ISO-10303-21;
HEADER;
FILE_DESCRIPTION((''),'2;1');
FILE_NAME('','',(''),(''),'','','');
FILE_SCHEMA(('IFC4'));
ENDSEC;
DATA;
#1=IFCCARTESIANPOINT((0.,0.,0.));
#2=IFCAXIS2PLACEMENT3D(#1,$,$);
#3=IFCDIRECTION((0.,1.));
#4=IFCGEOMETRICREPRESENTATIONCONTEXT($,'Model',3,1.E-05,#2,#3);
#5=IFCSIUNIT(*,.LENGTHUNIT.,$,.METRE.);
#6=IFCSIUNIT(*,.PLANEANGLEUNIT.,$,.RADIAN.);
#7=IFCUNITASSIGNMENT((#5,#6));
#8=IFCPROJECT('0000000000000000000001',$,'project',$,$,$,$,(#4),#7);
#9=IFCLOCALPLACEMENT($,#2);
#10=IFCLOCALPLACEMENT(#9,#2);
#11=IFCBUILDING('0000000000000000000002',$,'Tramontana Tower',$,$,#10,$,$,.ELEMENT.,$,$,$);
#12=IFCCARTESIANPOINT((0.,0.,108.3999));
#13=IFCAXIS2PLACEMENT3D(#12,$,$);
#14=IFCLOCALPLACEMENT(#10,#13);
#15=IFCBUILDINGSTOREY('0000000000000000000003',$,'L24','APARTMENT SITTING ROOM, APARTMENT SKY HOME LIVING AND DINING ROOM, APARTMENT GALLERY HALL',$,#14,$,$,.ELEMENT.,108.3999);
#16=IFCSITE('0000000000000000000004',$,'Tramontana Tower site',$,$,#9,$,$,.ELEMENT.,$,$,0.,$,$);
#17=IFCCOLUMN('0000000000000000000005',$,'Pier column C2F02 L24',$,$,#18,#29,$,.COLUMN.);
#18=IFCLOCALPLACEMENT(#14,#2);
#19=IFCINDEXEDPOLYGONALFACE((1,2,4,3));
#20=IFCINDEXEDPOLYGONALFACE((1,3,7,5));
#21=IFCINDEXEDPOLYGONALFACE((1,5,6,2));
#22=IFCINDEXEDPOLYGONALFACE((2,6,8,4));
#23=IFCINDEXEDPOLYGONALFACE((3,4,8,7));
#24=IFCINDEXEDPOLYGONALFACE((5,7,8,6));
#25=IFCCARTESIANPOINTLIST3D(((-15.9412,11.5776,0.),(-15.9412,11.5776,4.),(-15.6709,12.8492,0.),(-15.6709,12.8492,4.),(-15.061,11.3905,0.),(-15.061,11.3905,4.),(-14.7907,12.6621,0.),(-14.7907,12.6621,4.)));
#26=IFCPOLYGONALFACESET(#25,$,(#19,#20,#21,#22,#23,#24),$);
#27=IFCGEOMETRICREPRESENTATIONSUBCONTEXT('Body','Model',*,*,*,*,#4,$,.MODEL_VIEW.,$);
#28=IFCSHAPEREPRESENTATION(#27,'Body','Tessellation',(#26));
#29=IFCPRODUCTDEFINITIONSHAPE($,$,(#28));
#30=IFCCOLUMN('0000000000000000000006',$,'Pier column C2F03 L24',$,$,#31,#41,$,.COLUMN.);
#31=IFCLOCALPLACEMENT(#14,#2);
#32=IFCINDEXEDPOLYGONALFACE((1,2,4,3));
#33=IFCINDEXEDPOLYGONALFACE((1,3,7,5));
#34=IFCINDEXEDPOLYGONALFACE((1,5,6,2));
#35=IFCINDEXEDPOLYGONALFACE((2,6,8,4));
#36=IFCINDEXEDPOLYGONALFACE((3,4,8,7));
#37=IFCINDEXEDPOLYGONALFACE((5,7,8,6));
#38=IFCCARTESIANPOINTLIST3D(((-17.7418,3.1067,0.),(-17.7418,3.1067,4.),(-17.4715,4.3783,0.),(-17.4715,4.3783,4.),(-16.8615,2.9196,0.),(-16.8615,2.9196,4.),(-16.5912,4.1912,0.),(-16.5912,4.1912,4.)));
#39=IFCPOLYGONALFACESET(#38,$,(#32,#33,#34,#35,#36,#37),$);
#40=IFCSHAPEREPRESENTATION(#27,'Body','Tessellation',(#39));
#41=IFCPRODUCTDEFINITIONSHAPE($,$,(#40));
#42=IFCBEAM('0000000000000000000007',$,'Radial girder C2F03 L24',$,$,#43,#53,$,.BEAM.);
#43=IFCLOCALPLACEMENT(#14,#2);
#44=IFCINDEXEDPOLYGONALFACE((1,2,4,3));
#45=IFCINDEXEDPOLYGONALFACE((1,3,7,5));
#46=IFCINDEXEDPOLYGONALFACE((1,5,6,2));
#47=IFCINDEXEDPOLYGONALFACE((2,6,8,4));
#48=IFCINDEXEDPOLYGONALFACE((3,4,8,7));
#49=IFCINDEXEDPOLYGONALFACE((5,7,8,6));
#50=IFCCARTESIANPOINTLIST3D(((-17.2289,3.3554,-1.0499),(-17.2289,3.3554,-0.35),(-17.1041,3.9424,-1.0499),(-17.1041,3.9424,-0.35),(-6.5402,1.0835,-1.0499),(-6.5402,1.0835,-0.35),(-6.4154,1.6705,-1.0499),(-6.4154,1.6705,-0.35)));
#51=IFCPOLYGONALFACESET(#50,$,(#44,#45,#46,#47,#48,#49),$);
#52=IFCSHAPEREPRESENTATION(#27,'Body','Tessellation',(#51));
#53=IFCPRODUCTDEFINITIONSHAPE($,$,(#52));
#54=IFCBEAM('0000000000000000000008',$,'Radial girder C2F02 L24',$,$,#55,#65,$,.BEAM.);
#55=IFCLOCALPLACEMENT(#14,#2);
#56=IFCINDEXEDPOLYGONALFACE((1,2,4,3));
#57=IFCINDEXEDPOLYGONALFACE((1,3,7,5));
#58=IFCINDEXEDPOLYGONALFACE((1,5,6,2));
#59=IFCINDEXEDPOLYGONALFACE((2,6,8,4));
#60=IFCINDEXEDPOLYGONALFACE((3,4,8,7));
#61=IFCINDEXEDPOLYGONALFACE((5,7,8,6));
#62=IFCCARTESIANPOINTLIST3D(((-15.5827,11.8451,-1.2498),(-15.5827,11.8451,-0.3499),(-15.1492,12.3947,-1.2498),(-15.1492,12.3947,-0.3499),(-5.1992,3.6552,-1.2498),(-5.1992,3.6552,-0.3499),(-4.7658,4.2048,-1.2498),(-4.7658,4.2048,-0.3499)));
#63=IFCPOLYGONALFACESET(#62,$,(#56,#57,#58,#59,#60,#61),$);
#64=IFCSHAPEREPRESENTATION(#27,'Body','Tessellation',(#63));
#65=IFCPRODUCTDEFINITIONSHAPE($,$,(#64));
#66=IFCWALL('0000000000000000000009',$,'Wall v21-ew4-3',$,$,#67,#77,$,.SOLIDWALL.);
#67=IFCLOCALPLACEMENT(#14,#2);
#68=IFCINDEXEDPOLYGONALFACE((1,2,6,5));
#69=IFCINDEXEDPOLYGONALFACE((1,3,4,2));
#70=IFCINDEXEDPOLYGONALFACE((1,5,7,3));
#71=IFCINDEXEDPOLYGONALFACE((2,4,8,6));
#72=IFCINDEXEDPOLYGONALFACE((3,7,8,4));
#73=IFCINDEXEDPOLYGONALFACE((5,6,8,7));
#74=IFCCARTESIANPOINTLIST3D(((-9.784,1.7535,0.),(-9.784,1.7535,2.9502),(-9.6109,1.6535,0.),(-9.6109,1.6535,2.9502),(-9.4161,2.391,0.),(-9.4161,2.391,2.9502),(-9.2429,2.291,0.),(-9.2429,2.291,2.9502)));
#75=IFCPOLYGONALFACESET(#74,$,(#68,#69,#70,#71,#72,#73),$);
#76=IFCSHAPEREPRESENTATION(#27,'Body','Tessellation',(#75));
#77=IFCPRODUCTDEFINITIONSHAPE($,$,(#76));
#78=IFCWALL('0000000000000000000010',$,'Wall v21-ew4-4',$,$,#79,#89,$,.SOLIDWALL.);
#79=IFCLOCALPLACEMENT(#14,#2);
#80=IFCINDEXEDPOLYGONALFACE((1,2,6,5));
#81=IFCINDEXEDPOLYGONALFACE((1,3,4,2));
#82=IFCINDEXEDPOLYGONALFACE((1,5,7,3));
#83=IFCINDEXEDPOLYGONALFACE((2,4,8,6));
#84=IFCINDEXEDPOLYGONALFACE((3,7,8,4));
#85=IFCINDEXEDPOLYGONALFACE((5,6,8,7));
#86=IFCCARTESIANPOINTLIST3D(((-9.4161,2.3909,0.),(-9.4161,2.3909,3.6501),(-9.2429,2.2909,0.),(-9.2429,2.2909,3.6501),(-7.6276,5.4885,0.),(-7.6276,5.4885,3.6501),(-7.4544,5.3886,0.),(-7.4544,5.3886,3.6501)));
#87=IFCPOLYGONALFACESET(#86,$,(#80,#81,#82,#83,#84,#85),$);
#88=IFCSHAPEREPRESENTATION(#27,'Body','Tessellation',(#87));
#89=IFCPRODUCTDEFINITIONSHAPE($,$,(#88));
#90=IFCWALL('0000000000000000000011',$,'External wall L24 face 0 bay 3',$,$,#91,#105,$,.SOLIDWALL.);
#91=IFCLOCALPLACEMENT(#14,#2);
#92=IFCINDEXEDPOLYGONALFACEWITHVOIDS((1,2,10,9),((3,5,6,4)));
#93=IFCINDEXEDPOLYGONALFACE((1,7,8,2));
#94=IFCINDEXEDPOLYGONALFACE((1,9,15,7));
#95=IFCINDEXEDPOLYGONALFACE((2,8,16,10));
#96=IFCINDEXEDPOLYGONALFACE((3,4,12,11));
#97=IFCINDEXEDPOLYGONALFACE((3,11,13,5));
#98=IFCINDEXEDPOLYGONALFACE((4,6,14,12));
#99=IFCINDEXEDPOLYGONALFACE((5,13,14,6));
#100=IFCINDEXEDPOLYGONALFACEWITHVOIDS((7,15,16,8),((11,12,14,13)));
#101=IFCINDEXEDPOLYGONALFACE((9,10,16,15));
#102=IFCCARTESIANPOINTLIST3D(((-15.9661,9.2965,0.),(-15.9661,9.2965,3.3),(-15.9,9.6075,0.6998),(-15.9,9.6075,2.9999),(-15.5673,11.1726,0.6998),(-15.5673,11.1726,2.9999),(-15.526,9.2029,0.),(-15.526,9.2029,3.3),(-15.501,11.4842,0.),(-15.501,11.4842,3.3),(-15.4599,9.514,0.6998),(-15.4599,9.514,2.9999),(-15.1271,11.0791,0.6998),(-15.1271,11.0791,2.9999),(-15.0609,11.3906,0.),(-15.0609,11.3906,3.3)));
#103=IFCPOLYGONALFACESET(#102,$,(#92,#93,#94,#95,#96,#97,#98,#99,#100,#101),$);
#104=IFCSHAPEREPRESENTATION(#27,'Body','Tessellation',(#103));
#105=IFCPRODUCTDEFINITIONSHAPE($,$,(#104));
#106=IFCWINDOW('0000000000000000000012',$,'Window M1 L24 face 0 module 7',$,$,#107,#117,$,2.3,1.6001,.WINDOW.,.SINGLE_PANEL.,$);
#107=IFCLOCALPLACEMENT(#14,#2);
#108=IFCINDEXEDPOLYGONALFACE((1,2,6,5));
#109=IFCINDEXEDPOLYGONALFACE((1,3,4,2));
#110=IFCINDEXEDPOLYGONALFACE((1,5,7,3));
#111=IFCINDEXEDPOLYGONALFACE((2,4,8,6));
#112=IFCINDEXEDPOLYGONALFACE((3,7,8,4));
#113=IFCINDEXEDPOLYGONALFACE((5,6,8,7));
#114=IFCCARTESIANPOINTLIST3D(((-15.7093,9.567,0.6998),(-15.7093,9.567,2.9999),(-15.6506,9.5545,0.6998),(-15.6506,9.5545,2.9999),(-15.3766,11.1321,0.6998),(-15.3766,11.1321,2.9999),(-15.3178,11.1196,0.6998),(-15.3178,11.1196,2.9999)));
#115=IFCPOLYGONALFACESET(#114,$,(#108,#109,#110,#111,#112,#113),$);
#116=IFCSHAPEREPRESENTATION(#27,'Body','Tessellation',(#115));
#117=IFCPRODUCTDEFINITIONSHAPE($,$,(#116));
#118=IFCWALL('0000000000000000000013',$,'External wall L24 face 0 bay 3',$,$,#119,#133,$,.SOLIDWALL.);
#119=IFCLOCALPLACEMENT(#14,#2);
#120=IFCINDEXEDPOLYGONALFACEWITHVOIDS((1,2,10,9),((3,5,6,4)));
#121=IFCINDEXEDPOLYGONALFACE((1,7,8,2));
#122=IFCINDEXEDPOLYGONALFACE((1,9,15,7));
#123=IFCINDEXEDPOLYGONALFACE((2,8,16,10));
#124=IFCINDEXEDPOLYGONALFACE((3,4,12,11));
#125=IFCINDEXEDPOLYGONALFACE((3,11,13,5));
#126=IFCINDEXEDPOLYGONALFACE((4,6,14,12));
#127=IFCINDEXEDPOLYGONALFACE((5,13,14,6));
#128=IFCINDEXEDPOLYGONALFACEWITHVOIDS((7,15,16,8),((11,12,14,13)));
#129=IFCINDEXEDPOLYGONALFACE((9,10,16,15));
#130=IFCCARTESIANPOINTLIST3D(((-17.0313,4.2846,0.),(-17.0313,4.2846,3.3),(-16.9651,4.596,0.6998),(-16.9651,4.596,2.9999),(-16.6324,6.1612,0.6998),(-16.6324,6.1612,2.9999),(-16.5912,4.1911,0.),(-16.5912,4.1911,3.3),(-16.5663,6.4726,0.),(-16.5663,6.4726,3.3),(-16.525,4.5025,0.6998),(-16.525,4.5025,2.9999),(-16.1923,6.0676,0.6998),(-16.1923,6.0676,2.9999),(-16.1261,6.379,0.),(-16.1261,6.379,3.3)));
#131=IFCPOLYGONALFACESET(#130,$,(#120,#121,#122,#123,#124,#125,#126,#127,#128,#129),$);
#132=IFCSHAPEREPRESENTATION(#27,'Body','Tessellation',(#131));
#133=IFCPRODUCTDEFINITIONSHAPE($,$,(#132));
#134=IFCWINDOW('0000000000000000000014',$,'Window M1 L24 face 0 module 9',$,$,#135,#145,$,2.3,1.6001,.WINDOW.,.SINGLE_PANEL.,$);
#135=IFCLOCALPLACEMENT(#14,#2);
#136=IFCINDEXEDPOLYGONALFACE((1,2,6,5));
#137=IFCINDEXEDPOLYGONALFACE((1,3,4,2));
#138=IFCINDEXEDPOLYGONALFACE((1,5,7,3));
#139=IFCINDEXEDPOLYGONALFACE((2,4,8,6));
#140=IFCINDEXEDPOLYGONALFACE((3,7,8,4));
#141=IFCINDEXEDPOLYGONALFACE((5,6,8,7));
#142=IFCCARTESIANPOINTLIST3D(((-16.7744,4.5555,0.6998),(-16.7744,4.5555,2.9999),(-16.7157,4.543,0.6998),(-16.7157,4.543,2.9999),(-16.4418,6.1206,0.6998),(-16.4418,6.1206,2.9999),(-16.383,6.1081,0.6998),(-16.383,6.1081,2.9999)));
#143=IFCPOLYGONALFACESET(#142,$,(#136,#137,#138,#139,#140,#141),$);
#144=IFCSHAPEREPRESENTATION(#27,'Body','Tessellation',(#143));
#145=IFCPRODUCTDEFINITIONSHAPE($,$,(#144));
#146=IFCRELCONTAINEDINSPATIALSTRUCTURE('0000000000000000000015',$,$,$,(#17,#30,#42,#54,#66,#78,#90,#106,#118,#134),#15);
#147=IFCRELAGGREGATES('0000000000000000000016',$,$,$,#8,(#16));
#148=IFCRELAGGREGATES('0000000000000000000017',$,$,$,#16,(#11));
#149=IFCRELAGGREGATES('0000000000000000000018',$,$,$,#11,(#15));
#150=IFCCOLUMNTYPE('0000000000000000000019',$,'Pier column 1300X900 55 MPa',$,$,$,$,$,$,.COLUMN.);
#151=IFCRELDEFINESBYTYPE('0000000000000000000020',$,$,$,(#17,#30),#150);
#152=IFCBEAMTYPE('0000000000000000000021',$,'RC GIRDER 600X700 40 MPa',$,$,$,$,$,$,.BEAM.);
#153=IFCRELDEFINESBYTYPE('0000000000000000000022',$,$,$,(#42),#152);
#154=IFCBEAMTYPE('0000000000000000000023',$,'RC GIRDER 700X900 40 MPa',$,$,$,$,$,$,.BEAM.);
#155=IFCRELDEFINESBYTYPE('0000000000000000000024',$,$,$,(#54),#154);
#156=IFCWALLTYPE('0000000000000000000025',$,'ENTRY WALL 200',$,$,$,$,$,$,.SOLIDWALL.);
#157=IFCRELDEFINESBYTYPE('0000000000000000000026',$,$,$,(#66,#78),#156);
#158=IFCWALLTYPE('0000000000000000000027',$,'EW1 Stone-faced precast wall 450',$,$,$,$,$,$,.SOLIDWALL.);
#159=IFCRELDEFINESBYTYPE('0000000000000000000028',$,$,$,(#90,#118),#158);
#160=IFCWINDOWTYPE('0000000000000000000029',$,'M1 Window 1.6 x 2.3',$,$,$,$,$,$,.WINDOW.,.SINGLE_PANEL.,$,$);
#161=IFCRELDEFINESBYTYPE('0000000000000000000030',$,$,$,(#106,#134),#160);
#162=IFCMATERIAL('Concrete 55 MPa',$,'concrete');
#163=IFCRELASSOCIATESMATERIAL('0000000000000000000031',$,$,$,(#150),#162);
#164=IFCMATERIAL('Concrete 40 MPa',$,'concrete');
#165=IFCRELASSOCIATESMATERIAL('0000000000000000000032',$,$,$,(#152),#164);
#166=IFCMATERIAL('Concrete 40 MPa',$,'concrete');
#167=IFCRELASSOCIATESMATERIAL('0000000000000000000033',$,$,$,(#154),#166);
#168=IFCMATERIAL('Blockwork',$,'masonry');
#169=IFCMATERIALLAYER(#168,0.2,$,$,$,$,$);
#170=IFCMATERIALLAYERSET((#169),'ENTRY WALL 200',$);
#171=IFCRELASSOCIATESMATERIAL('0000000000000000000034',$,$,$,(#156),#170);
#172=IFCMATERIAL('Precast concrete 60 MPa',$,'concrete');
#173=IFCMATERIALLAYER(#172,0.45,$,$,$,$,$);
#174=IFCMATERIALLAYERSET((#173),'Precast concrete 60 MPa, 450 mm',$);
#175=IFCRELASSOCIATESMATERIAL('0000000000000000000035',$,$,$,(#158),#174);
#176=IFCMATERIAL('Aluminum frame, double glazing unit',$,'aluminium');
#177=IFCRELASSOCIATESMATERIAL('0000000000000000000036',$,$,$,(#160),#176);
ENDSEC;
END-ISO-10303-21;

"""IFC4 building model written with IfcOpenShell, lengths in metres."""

from ifc_helpers import new_model, si_unit, direction, frame, frame_2d, origin, origin_2d, place, context, subcontext, project, spatial, rectangle, extrude, material, layer, layer_set, material_profile, profile_set, type_object, element, fill, save


model = new_model("IFC4")

# Units and contexts
model_context = context("Model", 3, precision=1e-05, world=origin(), true_north=direction((0.0, 1.0)))
body_context = subcontext(model_context, "Body", "Model", "MODEL_VIEW")
ifc_project = project(units=[si_unit("LENGTHUNIT", "METRE"), si_unit("PLANEANGLEUNIT", "RADIAN")], contexts=[model_context])

# Site, building, storey
site_placement = place(None, origin())
site = spatial("IfcSite", under=ifc_project, at=site_placement, Name="Tramontana Tower site", CompositionType="ELEMENT", RefElevation=0.0)
building_placement = place(site_placement, origin())
building = spatial("IfcBuilding", under=site, at=building_placement, Name="Tramontana Tower", CompositionType="ELEMENT")
storey_placement = place(building_placement, frame((0.0, 0.0, 108.3999)))
storey = spatial("IfcBuildingStorey", under=building, at=storey_placement, Name="L24", Description="APARTMENT SITTING ROOM, APARTMENT SKY HOME LIVING AND DINING ROOM, APARTMENT GALLERY HALL", CompositionType="ELEMENT", Elevation=108.3999)

# Columns
ifc_material_1 = material(Name="Concrete 55 MPa", Category="concrete")
ifc_material_profile_1 = material_profile(ifc_material_1, rectangle(XDim=1.3, YDim=0.8999, at=origin_2d()), Name="Pier column 1300X900 55 MPa")
ifc_profile_set_1 = profile_set([ifc_material_profile_1], Name="Concrete 55 MPa")
column_type = type_object("IfcColumnType", Name="Pier column 1300X900 55 MPa", PredefinedType="COLUMN", material=ifc_profile_set_1)
for number, where, z_axis, x_axis, name in (
    (1, (-15.366, 12.1199, 0.0), (0.0, 0.0, 1.0), (-0.207912, -0.978148, 0.0), "Pier column C2F02 L24"),
    (2, (-17.1665, 3.6489, 0.0), (0.0, 0.0, 1.0), (-0.207912, -0.978148, 0.0), "Pier column C2F03 L24"),
):
    element("IfcColumn", number, at=place(storey_placement, frame(where, z_axis=z_axis, x_axis=x_axis)), inside=storey, type_object=column_type, Name=name, PredefinedType="COLUMN", context=body_context, shape_type="SweptSolid", body=[
        extrude(rectangle(XDim=1.3, YDim=0.8999, at=origin_2d()), origin(), (0.0, 0.0, 1.0), 4.0),
    ])

# Beams
ifc_material_2 = material(Name="Concrete 40 MPa", Category="concrete")
ifc_material_profile_2 = material_profile(ifc_material_2, rectangle(XDim=0.6001, YDim=0.7, at=origin_2d()), Name="RC GIRDER 600X700 40 MPa")
ifc_profile_set_2 = profile_set([ifc_material_profile_2], Name="Concrete 40 MPa")
beam_type_1 = type_object("IfcBeamType", Name="RC GIRDER 600X700 40 MPa", PredefinedType="BEAM", material=ifc_profile_set_2)
beam_1_placement = place(storey_placement, frame((-17.1665, 3.6489, -0.7), z_axis=(0.978147, -0.207913, 0.0), x_axis=(0.207913, 0.978147, 0.0)))
element("IfcBeam", 3, at=beam_1_placement, inside=storey, type_object=beam_type_1, Name="Radial girder C2F03 L24", PredefinedType="BEAM", context=body_context, shape_type="SweptSolid", body=[
    extrude(rectangle(XDim=0.6001, YDim=0.7, at=origin_2d()), origin(), (0.0, 0.0, 1.0), 10.9275),
])
ifc_material_3 = material(Name="Concrete 40 MPa", Category="concrete")
ifc_material_profile_3 = material_profile(ifc_material_3, rectangle(XDim=0.7, YDim=0.8999, at=origin_2d()), Name="RC GIRDER 700X900 40 MPa")
ifc_profile_set_3 = profile_set([ifc_material_profile_3], Name="Concrete 40 MPa")
beam_type_2 = type_object("IfcBeamType", Name="RC GIRDER 700X900 40 MPa", PredefinedType="BEAM", material=ifc_profile_set_3)
beam_2_placement = place(storey_placement, frame((-15.366, 12.1199, -0.7998), z_axis=(0.785162, -0.61929, 0.0), x_axis=(0.61929, 0.785162, 0.0)))
element("IfcBeam", 4, at=beam_2_placement, inside=storey, type_object=beam_type_2, Name="Radial girder C2F02 L24", PredefinedType="BEAM", context=body_context, shape_type="SweptSolid", body=[
    extrude(rectangle(XDim=0.7, YDim=0.8999, at=origin_2d()), origin(), (0.0, 0.0, 1.0), 13.2246),
])

# Walls
ifc_material_4 = material(Name="Blockwork", Category="masonry")
ifc_layer_1 = layer(ifc_material_4, 0.2)
ifc_layer_set_1 = layer_set([ifc_layer_1], Name="ENTRY WALL 200")
wall_type_1 = type_object("IfcWallType", Name="ENTRY WALL 200", PredefinedType="SOLIDWALL", material=ifc_layer_set_1)
wall_1_placement = place(storey_placement, frame((-9.6975, 1.7034, 0.0), z_axis=(0.0, 0.0, 1.0), x_axis=(0.499885, 0.866092, 0.0)))
element("IfcWall", 5, at=wall_1_placement, inside=storey, type_object=wall_type_1, Name="Wall v21-ew4-3", PredefinedType="SOLIDWALL", context=body_context, shape_type="SweptSolid", body=[
    extrude(rectangle(XDim=0.7361, YDim=0.2, at=frame_2d((0.3682, 0.0))), origin(), (0.0, 0.0, 1.0), 2.9502),
])
wall_2_placement = place(storey_placement, frame((-9.3296, 2.3408, 0.0), z_axis=(0.0, 0.0, 1.0), x_axis=(0.50003, 0.866008, 0.0)))
element("IfcWall", 6, at=wall_2_placement, inside=storey, type_object=wall_type_1, Name="Wall v21-ew4-4", PredefinedType="SOLIDWALL", context=body_context, shape_type="SweptSolid", body=[
    extrude(rectangle(XDim=3.5769, YDim=0.2, at=frame_2d((1.7886, 0.0))), origin(), (0.0, 0.0, 1.0), 3.6501),
])

# Walls, openings, windows
ifc_material_5 = material(Name="Precast concrete 60 MPa", Category="concrete")
ifc_layer_2 = layer(ifc_material_5, 0.45)
ifc_layer_set_2 = layer_set([ifc_layer_2], Name="Precast concrete 60 MPa, 450 mm")
wall_type_2 = type_object("IfcWallType", Name="EW1 Stone-faced precast wall 450", PredefinedType="SOLIDWALL", material=ifc_layer_set_2)
wall_3_placement = place(storey_placement, frame((-15.281, 11.4373, 0.0), z_axis=(0.0, 0.0, 1.0), x_axis=(-0.207941, -0.978141, 0.0)))
wall_3 = element("IfcWall", 7, at=wall_3_placement, inside=storey, type_object=wall_type_2, Name="External wall L24 face 0 bay 3", PredefinedType="SOLIDWALL", context=body_context, shape_type="SweptSolid", body=[
    extrude(rectangle(XDim=2.2366, YDim=0.45, at=frame_2d((1.1182, 0.0))), origin(), (0.0, 0.0, 1.0), 3.3),
])
opening_1_placement = place(wall_3_placement, frame((0.3184, 0.0, 0.7)))
opening_1 = element("IfcOpeningElement", 8, at=opening_1_placement, cuts=wall_3, PredefinedType="OPENING", context=body_context, shape_type="SweptSolid", body=[
    extrude(rectangle(XDim=1.6001, YDim=2.3, at=frame_2d((0.8, 1.1499))), frame((0.0, 0.2349, 0.0), z_axis=(0.0, -1.0, 0.0), x_axis=(1.0, 0.0, 0.0)), (0.0, 0.0, 1.0), 0.47),
])
ifc_material_6 = material(Name="Aluminum frame, double glazing unit", Category="aluminium")
window_type = type_object("IfcWindowType", Name="M1 Window 1.6 x 2.3", PartitioningType="SINGLE_PANEL", PredefinedType="WINDOW", material=ifc_material_6)
window_1_placement = place(opening_1_placement, origin())
window_1 = element("IfcWindow", 9, at=window_1_placement, inside=storey, type_object=window_type, Name="Window M1 L24 face 0 module 7", OverallHeight=2.3, OverallWidth=1.6001, PartitioningType="SINGLE_PANEL", PredefinedType="WINDOW", context=body_context, shape_type="SweptSolid", body=[
    extrude(rectangle(XDim=1.6001, YDim=2.3, at=frame_2d((0.8, 1.1499))), frame((0.0, 0.03, 0.0), z_axis=(0.0, -1.0, 0.0), x_axis=(1.0, 0.0, 0.0)), (0.0, 0.0, 1.0), 0.0601),
])
fill(opening_1, window_1)
wall_4_placement = place(storey_placement, frame((-16.3462, 6.4258, 0.0), z_axis=(0.0, 0.0, 1.0), x_axis=(-0.207919, -0.978146, 0.0)))
wall_4 = element("IfcWall", 10, at=wall_4_placement, inside=storey, type_object=wall_type_2, Name="External wall L24 face 0 bay 3", PredefinedType="SOLIDWALL", context=body_context, shape_type="SweptSolid", body=[
    extrude(rectangle(XDim=2.2368, YDim=0.45, at=frame_2d((1.1184, 0.0))), origin(), (0.0, 0.0, 1.0), 3.3),
])
opening_2_placement = place(wall_4_placement, frame((0.3184, 0.0, 0.7)))
opening_2 = element("IfcOpeningElement", 11, at=opening_2_placement, cuts=wall_4, PredefinedType="OPENING", context=body_context, shape_type="SweptSolid", body=[
    extrude(rectangle(XDim=1.6001, YDim=2.3, at=frame_2d((0.8, 1.1499))), frame((0.0, 0.2349, 0.0), z_axis=(0.0, -1.0, 0.0), x_axis=(1.0, 0.0, 0.0)), (0.0, 0.0, 1.0), 0.47),
])
window_2_placement = place(opening_2_placement, origin())
window_2 = element("IfcWindow", 12, at=window_2_placement, inside=storey, type_object=window_type, Name="Window M1 L24 face 0 module 9", OverallHeight=2.3, OverallWidth=1.6001, PartitioningType="SINGLE_PANEL", PredefinedType="WINDOW", context=body_context, shape_type="SweptSolid", body=[
    extrude(rectangle(XDim=1.6001, YDim=2.3, at=frame_2d((0.8, 1.1499))), frame((0.0, 0.03, 0.0), z_axis=(0.0, -1.0, 0.0), x_axis=(1.0, 0.0, 0.0)), (0.0, 0.0, 1.0), 0.0601),
])
fill(opening_2, window_2)

save(model, "model.ifc")
